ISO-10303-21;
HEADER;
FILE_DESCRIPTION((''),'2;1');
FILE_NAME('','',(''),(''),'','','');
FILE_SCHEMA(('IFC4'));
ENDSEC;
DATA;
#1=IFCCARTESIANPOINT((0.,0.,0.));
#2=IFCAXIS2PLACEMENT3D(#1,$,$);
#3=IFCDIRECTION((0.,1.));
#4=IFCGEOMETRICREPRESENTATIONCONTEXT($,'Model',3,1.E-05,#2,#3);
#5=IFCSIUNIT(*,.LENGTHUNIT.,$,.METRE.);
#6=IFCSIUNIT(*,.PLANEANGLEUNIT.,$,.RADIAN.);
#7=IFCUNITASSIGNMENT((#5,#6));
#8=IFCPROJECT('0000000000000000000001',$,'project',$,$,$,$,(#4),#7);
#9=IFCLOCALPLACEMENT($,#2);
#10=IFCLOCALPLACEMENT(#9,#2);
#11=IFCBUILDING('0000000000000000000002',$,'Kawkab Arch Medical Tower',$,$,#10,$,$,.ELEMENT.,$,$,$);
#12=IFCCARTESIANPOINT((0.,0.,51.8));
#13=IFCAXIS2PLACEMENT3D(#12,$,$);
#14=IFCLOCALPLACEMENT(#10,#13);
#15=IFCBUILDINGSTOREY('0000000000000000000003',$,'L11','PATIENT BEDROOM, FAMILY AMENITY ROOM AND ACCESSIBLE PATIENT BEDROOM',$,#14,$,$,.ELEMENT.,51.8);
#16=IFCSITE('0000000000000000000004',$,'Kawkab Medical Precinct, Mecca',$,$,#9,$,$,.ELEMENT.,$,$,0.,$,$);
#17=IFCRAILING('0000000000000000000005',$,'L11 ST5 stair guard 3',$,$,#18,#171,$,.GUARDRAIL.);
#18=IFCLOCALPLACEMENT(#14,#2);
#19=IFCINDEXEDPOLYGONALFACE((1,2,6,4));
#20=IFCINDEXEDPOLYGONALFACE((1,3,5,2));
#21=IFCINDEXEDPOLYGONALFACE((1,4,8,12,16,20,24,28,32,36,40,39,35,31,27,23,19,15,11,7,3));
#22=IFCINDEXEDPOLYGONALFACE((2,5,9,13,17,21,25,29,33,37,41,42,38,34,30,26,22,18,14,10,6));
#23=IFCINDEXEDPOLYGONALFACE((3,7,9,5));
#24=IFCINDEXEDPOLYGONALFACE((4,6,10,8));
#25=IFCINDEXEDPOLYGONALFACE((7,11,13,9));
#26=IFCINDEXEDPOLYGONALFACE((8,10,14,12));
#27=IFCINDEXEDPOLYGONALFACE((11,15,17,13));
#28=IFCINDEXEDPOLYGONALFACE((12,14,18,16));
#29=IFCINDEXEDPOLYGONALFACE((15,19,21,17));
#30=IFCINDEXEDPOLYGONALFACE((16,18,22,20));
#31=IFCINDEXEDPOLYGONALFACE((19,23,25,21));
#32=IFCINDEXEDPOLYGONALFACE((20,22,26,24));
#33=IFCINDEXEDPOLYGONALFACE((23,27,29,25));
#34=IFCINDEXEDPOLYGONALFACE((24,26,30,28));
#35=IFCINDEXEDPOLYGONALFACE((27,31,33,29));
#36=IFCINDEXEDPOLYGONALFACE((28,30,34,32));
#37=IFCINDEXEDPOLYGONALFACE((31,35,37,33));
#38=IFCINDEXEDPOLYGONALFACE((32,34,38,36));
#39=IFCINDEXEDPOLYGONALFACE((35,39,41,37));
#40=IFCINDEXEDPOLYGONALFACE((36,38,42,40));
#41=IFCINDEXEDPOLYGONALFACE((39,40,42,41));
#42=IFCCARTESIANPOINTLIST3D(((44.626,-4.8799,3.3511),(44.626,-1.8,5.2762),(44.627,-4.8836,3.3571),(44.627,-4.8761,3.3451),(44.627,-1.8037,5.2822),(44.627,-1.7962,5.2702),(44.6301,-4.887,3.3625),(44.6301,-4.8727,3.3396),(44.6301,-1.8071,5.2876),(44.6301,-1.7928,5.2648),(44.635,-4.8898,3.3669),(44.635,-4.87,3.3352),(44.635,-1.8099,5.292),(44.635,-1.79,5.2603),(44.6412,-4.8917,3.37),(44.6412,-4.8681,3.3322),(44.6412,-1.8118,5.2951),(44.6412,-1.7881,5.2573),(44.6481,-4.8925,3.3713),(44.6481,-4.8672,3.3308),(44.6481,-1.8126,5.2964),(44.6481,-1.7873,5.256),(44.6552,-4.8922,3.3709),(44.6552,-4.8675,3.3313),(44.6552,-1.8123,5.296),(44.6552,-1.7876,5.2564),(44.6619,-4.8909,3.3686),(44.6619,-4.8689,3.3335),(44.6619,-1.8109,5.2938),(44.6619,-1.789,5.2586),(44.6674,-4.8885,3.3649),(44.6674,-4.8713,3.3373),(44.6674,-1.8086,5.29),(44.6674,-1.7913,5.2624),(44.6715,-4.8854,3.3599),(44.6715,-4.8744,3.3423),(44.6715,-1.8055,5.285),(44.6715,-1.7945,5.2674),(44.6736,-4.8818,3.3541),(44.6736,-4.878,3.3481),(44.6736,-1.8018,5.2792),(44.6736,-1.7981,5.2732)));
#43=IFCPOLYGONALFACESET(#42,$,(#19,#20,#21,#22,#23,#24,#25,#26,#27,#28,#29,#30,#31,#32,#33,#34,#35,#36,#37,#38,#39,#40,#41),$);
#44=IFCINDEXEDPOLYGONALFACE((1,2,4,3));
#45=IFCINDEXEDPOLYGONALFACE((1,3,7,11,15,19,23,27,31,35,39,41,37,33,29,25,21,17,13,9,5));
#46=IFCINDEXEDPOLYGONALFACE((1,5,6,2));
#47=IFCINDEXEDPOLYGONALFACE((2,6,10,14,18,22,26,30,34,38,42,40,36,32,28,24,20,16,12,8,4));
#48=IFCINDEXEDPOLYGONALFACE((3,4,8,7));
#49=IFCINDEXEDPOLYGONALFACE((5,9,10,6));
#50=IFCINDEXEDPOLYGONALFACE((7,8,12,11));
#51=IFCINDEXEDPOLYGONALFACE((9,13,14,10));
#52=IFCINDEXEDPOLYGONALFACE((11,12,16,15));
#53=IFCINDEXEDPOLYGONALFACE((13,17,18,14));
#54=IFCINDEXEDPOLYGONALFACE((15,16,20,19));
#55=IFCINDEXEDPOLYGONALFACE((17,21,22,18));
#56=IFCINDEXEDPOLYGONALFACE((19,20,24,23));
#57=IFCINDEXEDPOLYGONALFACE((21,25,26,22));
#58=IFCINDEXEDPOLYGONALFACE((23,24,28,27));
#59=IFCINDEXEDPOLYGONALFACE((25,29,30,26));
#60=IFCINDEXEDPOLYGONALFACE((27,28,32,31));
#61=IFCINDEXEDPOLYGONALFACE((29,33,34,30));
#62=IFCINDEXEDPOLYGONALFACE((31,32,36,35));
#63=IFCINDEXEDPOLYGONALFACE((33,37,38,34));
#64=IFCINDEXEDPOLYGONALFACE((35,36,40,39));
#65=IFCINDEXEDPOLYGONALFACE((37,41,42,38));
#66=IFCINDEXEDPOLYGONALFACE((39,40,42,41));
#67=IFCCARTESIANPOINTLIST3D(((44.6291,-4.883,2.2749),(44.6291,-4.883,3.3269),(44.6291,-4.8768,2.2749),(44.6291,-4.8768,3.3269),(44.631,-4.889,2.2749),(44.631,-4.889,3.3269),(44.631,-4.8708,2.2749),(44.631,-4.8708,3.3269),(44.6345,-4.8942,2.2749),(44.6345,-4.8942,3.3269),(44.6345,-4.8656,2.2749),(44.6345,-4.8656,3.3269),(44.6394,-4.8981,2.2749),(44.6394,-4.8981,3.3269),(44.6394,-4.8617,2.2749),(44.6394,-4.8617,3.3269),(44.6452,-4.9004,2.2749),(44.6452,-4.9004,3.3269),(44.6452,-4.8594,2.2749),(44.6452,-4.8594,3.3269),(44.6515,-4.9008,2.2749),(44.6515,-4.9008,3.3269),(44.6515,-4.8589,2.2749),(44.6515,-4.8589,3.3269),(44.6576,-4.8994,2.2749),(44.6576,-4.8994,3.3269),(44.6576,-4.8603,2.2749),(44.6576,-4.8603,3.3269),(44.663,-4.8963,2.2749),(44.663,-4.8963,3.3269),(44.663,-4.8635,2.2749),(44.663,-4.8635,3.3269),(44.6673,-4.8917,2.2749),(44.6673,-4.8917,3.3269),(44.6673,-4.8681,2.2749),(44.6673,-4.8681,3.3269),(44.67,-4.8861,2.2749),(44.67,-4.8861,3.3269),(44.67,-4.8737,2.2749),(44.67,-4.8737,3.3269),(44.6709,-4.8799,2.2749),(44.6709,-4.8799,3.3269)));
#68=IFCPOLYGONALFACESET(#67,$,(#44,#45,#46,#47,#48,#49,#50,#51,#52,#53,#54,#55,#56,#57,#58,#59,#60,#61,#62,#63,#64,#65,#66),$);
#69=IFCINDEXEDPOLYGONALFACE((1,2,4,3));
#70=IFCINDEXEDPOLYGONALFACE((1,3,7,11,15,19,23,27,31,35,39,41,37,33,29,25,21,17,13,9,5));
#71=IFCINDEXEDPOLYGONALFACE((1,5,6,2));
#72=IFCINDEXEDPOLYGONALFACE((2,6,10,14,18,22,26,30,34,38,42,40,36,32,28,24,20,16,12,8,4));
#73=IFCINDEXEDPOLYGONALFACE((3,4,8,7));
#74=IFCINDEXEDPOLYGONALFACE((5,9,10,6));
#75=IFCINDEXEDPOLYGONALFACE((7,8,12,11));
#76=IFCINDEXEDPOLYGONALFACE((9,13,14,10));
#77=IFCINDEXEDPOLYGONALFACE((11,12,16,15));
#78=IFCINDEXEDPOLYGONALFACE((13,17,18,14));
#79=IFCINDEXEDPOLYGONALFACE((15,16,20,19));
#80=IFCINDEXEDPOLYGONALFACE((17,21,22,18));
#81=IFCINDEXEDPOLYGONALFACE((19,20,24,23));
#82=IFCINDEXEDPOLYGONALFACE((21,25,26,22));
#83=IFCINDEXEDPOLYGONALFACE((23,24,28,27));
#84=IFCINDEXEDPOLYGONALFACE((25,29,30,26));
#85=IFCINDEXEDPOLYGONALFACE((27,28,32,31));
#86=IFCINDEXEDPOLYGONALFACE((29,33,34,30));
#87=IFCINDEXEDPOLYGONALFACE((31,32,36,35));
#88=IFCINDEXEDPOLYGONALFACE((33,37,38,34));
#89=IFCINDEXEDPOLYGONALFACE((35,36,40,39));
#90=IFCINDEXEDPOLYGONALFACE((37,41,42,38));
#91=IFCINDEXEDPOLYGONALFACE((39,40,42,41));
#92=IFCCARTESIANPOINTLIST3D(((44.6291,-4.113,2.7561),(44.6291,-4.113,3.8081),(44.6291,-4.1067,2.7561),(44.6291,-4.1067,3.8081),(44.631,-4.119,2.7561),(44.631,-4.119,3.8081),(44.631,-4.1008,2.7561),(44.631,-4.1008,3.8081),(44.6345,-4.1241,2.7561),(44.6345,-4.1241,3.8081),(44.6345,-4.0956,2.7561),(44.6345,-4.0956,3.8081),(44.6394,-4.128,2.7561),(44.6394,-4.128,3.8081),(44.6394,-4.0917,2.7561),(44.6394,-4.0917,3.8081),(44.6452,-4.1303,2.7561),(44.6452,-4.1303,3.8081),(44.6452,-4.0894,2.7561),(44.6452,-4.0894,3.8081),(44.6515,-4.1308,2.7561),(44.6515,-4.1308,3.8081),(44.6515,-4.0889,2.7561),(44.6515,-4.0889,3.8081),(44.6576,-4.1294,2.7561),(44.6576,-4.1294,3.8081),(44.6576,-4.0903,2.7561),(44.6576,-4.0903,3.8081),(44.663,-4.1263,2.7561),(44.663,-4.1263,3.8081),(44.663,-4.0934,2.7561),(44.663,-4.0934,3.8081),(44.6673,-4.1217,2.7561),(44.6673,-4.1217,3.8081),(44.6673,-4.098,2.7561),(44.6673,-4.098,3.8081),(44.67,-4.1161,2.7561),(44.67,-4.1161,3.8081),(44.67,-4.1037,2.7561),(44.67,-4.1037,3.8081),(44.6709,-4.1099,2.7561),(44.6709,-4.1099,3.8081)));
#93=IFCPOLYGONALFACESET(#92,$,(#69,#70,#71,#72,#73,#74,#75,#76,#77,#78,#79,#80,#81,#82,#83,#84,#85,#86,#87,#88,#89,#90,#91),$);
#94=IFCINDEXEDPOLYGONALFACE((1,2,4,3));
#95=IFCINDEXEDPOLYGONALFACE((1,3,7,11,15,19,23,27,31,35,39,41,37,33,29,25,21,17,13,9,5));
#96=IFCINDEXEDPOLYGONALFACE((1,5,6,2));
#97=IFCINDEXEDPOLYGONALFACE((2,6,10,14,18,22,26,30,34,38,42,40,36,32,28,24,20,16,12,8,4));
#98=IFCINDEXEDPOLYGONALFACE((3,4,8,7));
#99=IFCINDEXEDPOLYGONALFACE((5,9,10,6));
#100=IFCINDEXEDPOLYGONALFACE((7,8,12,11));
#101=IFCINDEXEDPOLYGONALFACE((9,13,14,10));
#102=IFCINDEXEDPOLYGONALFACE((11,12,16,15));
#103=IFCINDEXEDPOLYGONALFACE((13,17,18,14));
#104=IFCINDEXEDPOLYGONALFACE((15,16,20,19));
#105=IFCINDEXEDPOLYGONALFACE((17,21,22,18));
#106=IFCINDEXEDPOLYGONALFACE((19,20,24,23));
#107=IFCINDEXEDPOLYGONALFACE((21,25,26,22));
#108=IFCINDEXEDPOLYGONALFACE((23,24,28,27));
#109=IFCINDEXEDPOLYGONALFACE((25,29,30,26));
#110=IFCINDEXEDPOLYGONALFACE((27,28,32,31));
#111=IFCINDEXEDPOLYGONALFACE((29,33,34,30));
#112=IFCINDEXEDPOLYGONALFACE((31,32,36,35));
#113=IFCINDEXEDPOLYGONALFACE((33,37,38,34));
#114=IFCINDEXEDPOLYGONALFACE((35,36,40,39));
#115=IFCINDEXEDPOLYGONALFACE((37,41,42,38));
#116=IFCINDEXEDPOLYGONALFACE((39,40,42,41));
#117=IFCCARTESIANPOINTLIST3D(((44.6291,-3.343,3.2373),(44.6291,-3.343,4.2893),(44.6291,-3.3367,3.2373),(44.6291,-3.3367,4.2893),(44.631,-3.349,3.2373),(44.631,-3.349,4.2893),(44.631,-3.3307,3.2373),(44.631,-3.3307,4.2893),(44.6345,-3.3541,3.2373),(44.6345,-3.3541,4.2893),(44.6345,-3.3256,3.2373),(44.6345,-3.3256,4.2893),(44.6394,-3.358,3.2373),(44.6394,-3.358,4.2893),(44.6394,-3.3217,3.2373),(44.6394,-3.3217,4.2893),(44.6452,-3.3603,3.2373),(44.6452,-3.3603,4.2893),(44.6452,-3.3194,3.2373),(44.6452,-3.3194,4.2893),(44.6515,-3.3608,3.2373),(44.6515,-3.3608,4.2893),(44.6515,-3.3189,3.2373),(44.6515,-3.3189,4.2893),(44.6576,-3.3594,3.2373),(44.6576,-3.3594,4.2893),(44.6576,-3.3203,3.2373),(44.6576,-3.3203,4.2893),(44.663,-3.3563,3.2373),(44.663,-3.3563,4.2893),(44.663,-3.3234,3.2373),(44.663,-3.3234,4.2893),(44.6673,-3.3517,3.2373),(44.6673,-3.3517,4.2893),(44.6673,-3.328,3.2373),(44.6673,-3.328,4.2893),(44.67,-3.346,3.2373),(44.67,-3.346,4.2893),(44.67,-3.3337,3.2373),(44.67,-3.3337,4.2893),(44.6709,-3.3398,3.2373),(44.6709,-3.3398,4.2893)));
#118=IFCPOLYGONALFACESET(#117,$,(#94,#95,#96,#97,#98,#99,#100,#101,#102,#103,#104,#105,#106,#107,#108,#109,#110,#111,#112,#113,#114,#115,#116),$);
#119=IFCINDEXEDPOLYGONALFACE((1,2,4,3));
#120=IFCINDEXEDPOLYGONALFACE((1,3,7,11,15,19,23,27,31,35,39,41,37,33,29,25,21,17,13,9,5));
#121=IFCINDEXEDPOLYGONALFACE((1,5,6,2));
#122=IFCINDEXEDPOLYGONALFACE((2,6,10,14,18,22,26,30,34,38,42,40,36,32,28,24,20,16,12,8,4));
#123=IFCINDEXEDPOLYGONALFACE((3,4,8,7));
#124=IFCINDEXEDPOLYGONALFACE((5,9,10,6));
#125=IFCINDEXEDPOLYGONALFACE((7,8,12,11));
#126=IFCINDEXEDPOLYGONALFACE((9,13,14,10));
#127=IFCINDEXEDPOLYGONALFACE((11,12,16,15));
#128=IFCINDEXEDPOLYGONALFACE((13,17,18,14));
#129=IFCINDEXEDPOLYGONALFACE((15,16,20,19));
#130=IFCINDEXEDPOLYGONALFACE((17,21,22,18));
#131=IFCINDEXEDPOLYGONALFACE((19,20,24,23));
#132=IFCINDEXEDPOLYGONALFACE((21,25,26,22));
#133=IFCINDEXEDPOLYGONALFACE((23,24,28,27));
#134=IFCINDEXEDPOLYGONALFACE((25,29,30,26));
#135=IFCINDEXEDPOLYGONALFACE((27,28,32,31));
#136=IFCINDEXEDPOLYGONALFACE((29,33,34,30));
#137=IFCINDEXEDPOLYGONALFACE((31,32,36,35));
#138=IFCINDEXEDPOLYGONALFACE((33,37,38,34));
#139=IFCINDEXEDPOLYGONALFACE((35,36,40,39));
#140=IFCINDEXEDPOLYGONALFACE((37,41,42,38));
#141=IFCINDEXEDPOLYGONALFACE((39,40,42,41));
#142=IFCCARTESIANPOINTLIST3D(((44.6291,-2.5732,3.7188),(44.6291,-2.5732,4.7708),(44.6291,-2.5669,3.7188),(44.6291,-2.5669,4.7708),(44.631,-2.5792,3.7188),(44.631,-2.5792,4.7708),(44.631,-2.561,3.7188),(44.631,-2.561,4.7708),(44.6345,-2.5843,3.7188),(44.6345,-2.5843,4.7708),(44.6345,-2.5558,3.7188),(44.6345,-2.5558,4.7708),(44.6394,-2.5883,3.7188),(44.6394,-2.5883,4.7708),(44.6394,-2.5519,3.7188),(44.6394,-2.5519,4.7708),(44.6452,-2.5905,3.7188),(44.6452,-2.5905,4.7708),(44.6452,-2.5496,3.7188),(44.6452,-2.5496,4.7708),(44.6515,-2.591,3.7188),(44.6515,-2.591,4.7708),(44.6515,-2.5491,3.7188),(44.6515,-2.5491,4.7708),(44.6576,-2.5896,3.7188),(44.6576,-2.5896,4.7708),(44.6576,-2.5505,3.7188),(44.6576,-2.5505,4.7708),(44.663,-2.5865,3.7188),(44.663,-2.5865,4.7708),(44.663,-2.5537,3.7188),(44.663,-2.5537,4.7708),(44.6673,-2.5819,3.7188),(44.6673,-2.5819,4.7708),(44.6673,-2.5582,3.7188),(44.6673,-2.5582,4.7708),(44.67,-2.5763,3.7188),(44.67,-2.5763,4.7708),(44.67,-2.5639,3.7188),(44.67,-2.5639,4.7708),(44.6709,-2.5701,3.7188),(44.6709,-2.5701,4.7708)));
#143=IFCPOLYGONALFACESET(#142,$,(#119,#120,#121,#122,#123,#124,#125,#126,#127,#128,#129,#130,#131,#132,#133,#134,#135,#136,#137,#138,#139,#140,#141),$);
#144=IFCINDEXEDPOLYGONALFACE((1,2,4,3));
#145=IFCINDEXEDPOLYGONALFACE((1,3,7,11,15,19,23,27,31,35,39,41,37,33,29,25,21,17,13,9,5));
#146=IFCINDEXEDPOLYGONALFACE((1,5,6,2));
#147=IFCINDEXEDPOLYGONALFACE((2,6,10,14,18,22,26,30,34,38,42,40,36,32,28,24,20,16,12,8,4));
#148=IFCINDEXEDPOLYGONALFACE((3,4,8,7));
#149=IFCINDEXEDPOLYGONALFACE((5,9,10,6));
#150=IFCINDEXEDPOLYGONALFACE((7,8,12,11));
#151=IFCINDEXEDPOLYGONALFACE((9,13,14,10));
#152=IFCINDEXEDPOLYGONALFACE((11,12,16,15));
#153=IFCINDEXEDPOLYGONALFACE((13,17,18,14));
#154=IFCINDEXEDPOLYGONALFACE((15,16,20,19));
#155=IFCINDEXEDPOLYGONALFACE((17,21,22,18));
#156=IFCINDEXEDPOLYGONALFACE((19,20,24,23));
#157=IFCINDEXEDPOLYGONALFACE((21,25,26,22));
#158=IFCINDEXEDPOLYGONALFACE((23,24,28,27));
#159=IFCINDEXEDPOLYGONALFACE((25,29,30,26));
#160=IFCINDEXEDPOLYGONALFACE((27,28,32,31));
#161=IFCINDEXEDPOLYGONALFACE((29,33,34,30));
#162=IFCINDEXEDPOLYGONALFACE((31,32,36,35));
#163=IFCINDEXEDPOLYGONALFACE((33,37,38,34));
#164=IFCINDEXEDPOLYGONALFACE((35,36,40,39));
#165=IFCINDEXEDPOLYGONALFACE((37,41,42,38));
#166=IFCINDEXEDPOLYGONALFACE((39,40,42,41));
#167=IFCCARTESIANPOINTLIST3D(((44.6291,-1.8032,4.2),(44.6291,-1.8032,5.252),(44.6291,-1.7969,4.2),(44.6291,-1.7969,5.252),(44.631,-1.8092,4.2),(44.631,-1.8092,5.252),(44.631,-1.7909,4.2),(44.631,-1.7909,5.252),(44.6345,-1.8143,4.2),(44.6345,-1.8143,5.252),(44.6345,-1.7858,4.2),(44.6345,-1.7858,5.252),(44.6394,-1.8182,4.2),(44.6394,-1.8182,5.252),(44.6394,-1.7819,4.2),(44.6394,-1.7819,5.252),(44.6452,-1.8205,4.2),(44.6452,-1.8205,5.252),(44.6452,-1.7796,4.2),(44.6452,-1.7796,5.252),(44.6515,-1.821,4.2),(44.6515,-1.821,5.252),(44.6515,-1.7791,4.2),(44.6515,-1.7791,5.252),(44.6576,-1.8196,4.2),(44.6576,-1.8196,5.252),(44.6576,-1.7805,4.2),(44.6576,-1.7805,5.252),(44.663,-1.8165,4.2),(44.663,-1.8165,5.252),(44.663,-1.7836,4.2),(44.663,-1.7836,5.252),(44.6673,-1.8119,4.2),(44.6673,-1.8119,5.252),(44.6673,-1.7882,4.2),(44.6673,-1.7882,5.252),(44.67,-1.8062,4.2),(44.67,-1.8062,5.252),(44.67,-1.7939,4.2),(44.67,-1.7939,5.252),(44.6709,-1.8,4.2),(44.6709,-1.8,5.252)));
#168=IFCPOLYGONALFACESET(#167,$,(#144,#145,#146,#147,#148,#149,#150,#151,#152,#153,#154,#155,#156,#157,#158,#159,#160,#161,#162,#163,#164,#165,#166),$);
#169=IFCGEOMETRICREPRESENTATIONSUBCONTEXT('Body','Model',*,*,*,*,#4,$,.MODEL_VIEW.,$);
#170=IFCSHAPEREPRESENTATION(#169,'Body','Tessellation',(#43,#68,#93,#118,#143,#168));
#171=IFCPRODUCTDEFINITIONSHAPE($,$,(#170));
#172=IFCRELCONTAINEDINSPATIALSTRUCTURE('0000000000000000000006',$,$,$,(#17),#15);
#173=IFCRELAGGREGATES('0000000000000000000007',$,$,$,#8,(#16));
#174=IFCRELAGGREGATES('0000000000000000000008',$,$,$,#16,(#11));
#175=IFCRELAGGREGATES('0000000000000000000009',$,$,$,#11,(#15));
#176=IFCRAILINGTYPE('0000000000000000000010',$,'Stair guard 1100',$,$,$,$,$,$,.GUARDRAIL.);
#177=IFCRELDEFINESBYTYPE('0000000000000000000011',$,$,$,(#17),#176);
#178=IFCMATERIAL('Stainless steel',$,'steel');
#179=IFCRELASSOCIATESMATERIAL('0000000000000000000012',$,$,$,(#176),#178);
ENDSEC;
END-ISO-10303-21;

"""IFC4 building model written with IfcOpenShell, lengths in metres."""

from ifc_helpers import new_model, si_unit, direction, frame, origin, origin_2d, place, context, subcontext, project, spatial, circle, extrude, material, type_object, element, save


model = new_model("IFC4")

# Units and contexts
model_context = context("Model", 3, precision=1e-05, world=origin(), true_north=direction((0.0, 1.0)))
body_context = subcontext(model_context, "Body", "Model", "MODEL_VIEW")
ifc_project = project(units=[si_unit("LENGTHUNIT", "METRE"), si_unit("PLANEANGLEUNIT", "RADIAN")], contexts=[model_context])

# Site, building, storey
site_placement = place(None, origin())
site = spatial("IfcSite", under=ifc_project, at=site_placement, Name="Kawkab Medical Precinct, Mecca", CompositionType="ELEMENT", RefElevation=0.0)
building_placement = place(site_placement, origin())
building = spatial("IfcBuilding", under=site, at=building_placement, Name="Kawkab Arch Medical Tower", CompositionType="ELEMENT")
storey_placement = place(building_placement, frame((0.0, 0.0, 51.8)))
storey = spatial("IfcBuildingStorey", under=building, at=storey_placement, Name="L11", Description="PATIENT BEDROOM, FAMILY AMENITY ROOM AND ACCESSIBLE PATIENT BEDROOM", CompositionType="ELEMENT", Elevation=51.8)

# Railing
ifc_material_1 = material(Name="Stainless steel", Category="steel")
railing_type = type_object("IfcRailingType", Name="Stair guard 1100", PredefinedType="GUARDRAIL", material=ifc_material_1)
railing_1_placement = place(storey_placement, frame((44.6499, -4.8799, 2.2749)))
element("IfcRailing", 1, at=railing_1_placement, inside=storey, type_object=railing_type, Name="L11 ST5 stair guard 3", PredefinedType="GUARDRAIL", context=body_context, shape_type="SweptSolid", body=[
    extrude(circle(Radius=0.0239, at=origin_2d()), frame((0.0, 0.0, 1.0762), z_axis=(0.0, 0.847979, 0.530029), x_axis=(-1.0, 0.0, 0.0)), (0.0, 0.0, 1.0), 3.6321),
    extrude(circle(Radius=0.021, at=origin_2d()), origin(), (0.0, 0.0, 1.0), 1.052),
    extrude(circle(Radius=0.021, at=origin_2d()), frame((0.0, 0.77, 0.4812)), (0.0, 0.0, 1.0), 1.052),
    extrude(circle(Radius=0.021, at=origin_2d()), frame((0.0, 1.54, 0.9624)), (0.0, 0.0, 1.0), 1.052),
    extrude(circle(Radius=0.021, at=origin_2d()), frame((0.0, 2.3098, 1.4438)), (0.0, 0.0, 1.0), 1.052),
    extrude(circle(Radius=0.021, at=origin_2d()), frame((0.0, 3.0798, 1.925)), (0.0, 0.0, 1.0), 1.052),
])

save(model, "model.ifc")
